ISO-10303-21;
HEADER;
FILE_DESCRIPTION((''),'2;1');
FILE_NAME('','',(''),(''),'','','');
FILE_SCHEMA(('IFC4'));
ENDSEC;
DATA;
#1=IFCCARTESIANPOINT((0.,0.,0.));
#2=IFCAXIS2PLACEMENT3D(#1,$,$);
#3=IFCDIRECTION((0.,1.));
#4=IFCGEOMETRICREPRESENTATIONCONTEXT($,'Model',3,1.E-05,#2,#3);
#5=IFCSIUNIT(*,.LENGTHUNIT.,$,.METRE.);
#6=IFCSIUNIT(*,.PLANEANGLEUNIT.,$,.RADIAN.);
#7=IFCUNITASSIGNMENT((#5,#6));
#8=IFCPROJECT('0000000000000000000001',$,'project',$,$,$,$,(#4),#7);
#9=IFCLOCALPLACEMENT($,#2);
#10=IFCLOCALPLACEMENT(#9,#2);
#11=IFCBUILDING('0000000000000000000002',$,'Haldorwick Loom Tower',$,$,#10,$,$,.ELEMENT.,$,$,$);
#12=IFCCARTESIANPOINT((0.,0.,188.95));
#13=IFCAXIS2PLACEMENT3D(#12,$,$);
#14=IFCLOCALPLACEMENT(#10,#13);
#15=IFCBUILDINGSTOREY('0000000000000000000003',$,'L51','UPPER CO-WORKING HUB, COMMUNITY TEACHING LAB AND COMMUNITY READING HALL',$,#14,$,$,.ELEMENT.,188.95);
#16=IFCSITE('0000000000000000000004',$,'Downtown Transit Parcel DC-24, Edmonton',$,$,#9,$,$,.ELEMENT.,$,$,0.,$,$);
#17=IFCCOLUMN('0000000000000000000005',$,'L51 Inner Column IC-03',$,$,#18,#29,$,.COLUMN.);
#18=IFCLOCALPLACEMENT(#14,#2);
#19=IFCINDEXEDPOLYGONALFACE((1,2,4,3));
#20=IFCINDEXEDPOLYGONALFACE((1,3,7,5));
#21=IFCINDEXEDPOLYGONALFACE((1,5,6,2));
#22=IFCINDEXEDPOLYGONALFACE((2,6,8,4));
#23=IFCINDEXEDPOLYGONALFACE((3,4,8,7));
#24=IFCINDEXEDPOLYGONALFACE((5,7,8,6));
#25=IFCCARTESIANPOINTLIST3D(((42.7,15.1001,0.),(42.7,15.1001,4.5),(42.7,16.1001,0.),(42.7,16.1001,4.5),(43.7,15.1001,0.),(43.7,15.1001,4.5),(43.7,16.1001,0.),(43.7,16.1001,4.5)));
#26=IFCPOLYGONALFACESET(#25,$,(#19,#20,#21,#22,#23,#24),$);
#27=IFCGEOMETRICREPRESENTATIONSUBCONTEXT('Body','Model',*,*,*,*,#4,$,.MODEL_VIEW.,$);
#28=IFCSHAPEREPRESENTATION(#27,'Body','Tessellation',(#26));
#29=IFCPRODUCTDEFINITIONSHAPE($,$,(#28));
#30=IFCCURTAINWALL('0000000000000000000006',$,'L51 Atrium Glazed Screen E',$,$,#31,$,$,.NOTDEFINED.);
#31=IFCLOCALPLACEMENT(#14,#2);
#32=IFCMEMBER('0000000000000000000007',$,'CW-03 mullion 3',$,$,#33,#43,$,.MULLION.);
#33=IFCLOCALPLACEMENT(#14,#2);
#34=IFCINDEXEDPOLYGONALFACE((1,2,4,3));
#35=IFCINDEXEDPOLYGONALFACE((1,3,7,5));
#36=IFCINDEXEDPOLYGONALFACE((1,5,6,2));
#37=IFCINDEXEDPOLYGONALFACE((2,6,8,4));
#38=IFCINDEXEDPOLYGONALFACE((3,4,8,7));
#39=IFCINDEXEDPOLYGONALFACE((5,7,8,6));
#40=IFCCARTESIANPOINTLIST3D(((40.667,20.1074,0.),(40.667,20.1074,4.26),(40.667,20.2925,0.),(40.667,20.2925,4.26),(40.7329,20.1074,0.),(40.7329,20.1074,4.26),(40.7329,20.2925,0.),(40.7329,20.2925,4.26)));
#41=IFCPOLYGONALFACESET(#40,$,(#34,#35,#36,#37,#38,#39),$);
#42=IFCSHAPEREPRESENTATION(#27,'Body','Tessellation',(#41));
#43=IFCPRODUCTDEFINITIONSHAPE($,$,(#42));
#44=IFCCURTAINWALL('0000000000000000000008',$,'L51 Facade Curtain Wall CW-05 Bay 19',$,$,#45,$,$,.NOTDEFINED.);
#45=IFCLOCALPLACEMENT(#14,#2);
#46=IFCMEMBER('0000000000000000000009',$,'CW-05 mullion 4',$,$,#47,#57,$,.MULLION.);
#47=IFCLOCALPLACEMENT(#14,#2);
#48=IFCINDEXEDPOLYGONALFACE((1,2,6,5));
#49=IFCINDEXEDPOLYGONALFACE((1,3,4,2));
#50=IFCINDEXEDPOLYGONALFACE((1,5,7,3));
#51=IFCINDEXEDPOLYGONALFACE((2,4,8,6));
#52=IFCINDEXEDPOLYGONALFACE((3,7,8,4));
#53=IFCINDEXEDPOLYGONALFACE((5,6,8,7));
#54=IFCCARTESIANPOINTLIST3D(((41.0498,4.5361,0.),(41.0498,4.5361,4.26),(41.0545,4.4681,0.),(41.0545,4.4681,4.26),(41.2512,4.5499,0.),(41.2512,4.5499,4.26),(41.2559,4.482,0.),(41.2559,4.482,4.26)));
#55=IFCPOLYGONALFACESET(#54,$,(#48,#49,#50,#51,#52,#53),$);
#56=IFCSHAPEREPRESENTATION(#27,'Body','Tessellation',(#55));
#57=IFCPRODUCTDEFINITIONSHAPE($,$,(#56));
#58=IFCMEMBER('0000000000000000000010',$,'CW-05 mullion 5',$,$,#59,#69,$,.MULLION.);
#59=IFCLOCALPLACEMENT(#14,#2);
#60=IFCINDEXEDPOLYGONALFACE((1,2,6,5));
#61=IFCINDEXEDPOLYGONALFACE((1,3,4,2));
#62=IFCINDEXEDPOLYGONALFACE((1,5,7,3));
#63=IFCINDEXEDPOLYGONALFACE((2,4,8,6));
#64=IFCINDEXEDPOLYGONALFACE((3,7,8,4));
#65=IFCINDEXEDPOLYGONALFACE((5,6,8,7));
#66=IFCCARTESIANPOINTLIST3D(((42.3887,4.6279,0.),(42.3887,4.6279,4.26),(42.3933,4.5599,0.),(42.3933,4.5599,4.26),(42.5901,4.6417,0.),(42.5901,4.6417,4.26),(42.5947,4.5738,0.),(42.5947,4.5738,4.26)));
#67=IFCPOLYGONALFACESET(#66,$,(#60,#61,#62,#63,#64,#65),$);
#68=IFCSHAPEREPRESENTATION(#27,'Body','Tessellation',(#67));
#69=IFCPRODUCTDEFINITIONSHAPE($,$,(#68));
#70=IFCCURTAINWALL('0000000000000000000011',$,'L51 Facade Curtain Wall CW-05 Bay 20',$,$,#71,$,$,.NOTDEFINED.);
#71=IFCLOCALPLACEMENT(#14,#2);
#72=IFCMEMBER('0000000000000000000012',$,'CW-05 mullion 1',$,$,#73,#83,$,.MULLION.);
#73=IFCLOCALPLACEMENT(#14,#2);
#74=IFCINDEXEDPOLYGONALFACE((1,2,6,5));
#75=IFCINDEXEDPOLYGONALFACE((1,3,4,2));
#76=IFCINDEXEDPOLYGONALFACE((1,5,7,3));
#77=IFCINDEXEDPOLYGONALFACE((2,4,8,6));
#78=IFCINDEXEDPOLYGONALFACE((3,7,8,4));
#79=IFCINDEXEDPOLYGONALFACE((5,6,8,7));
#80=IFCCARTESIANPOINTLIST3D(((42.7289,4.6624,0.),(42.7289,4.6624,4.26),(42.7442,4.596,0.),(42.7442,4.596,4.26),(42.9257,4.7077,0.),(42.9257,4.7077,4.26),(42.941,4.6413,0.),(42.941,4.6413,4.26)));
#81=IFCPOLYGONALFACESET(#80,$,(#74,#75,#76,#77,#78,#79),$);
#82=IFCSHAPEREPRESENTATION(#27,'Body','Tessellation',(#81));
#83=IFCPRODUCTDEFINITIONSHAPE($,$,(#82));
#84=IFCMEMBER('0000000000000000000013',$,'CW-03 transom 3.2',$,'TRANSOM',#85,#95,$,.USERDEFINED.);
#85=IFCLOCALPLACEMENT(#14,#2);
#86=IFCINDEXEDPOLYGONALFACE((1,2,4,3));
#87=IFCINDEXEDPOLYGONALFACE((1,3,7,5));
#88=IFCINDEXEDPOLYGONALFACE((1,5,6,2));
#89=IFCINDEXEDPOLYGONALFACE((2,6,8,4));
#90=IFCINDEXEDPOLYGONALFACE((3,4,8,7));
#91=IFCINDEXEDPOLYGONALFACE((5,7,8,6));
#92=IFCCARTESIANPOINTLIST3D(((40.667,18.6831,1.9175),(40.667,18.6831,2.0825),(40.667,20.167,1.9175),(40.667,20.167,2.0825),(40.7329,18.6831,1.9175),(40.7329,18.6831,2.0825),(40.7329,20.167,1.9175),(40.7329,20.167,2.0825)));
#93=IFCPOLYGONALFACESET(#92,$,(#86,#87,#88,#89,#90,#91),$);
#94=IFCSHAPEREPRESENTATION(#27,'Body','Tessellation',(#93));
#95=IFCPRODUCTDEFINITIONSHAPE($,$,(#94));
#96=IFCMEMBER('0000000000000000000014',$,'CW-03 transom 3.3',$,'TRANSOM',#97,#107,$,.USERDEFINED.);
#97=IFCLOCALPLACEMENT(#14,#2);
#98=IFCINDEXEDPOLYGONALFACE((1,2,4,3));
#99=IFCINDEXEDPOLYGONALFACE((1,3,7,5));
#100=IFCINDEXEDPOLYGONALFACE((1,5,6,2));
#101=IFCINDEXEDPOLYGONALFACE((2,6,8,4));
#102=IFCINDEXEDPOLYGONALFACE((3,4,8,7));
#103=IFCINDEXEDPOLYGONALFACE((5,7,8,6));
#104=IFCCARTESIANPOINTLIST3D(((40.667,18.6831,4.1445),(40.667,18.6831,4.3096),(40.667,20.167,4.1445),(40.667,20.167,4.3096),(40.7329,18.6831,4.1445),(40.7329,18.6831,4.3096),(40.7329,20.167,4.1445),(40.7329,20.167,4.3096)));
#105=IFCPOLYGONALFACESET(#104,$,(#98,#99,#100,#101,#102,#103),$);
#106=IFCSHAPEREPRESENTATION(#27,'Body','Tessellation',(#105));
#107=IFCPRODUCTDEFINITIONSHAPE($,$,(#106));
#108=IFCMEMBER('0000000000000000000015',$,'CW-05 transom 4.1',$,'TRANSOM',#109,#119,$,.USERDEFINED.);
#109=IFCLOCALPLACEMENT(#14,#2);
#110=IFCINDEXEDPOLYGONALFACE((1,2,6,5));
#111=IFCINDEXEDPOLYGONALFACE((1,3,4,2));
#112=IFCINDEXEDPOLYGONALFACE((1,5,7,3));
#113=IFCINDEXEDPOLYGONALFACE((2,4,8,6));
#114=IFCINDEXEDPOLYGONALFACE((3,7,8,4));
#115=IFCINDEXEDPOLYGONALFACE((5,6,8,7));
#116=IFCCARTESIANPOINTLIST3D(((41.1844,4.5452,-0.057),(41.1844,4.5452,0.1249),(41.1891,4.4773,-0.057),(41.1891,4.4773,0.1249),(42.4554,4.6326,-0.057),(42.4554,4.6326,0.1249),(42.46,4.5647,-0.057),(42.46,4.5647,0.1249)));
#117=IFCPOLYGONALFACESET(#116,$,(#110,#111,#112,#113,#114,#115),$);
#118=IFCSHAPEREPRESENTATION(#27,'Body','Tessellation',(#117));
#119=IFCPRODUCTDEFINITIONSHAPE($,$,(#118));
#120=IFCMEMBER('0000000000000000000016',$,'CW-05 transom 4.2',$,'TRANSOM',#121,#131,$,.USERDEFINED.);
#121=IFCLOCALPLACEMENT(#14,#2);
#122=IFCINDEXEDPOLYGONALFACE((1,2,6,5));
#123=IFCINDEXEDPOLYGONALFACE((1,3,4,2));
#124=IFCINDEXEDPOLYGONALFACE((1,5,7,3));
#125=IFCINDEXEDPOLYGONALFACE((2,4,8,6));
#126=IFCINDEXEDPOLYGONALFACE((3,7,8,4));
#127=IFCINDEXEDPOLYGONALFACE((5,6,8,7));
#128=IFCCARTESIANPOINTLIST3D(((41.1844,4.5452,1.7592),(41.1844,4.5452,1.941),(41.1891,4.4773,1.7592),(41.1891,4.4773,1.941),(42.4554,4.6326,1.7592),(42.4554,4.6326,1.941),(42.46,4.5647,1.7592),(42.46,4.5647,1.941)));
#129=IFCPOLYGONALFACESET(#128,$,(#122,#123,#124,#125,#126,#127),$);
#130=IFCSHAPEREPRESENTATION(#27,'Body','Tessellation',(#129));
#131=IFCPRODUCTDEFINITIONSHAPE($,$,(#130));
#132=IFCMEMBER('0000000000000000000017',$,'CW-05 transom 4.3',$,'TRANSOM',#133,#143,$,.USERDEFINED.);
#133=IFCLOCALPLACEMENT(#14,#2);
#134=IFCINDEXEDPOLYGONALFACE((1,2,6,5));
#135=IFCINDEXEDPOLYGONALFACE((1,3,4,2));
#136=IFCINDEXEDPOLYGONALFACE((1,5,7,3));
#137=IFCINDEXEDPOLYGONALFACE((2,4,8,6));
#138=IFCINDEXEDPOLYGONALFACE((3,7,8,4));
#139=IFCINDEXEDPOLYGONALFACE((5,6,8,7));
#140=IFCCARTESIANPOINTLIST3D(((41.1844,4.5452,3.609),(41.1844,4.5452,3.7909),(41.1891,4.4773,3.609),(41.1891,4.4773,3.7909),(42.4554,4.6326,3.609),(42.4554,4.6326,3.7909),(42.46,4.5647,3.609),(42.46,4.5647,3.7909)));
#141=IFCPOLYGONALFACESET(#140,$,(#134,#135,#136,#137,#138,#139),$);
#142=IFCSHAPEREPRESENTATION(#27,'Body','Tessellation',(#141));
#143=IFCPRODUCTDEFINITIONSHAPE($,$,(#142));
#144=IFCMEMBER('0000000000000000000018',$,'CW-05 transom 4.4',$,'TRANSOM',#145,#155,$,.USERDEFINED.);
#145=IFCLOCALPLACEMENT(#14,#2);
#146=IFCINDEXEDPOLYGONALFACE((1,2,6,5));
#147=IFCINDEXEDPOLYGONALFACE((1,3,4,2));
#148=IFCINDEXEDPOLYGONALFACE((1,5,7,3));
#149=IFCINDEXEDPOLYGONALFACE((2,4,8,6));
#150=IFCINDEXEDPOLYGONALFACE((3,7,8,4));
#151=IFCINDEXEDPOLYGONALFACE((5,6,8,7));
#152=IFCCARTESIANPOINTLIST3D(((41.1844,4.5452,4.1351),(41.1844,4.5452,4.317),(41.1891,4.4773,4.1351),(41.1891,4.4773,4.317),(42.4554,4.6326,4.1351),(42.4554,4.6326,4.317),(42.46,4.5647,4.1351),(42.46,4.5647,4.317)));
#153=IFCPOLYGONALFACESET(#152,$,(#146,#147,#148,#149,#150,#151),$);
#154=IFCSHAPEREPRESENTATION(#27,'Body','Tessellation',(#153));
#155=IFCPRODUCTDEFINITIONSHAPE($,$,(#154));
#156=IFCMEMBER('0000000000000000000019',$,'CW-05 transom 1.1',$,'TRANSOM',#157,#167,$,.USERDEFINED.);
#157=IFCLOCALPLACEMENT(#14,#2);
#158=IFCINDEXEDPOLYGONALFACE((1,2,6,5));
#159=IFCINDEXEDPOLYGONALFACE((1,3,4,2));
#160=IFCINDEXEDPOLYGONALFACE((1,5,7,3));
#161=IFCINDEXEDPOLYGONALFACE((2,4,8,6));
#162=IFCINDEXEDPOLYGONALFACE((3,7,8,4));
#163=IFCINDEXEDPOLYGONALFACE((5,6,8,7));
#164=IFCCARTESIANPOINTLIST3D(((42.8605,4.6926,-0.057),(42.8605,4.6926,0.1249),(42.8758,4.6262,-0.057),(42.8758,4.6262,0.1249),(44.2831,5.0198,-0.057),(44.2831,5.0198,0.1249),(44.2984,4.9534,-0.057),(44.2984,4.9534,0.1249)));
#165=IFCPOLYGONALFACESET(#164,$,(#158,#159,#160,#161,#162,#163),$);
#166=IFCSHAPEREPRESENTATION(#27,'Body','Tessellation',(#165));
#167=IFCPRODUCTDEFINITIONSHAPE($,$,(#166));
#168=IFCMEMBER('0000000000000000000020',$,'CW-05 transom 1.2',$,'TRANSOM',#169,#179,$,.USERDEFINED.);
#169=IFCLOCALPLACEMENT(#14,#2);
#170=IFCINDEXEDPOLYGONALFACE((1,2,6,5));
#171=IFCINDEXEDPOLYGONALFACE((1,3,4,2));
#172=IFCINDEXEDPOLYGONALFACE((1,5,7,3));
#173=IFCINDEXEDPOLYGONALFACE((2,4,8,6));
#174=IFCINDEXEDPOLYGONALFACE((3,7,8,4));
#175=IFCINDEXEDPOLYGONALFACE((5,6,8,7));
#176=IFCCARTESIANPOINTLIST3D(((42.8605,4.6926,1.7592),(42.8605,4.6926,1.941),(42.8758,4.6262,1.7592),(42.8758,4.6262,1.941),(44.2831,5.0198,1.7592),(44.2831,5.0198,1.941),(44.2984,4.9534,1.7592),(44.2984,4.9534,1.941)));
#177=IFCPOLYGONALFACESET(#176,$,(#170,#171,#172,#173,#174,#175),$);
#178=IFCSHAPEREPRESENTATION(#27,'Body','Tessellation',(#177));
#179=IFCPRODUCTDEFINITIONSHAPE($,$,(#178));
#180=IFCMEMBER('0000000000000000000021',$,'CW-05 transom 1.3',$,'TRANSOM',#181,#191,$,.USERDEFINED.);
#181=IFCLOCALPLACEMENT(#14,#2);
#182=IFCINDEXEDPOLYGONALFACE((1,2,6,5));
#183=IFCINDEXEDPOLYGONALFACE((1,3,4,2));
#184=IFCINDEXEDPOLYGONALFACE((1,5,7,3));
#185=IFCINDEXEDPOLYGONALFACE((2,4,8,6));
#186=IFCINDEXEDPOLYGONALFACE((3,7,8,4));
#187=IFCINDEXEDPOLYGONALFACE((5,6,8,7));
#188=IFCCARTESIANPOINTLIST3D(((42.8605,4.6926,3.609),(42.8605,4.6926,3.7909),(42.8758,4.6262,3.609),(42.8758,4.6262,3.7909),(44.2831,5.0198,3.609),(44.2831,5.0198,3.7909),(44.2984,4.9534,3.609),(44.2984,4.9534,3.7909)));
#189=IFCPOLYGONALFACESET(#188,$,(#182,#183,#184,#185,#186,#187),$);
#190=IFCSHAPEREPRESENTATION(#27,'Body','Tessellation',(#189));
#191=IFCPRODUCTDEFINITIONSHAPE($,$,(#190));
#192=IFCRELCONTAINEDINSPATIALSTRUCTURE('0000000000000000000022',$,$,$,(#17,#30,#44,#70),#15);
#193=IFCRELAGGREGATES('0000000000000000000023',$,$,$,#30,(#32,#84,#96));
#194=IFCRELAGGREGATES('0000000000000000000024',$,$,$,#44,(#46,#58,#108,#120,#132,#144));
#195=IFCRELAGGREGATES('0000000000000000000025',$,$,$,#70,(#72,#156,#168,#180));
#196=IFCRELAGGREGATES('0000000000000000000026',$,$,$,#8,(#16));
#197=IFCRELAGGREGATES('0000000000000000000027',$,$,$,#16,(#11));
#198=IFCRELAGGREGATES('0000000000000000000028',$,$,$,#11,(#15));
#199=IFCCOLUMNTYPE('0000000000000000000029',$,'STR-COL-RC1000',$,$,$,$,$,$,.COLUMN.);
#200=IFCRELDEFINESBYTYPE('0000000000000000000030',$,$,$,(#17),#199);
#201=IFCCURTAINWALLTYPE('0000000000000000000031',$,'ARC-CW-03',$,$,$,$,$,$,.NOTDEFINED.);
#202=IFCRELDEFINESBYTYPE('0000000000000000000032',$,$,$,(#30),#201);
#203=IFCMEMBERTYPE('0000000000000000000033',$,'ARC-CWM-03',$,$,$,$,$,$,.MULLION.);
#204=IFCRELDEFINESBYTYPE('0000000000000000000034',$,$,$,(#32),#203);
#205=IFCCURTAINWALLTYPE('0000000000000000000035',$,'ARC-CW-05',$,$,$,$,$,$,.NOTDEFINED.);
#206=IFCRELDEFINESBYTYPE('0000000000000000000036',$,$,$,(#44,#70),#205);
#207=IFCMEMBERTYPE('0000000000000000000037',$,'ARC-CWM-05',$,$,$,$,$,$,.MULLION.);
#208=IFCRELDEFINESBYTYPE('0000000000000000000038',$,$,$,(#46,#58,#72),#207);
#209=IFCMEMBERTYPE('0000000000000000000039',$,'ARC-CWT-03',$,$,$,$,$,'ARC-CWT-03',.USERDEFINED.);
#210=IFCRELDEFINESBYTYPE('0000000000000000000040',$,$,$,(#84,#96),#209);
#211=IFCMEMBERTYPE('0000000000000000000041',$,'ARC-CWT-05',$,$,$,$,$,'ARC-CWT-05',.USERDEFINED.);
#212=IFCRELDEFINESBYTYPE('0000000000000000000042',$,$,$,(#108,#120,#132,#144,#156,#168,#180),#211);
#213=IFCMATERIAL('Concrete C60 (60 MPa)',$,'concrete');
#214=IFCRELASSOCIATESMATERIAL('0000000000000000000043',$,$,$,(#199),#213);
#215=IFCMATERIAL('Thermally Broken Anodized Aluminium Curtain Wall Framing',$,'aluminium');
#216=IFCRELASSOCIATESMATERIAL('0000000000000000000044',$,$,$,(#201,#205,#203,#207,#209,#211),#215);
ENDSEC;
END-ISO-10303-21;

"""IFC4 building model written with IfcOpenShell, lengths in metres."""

from ifc_helpers import new_model, si_unit, direction, frame, origin, origin_2d, place, context, subcontext, project, spatial, rectangle, extrude, material, material_profile, profile_set, type_object, element, aggregate, save


model = new_model("IFC4")

# Units and contexts
model_context = context("Model", 3, precision=1e-05, world=origin(), true_north=direction((0.0, 1.0)))
body_context = subcontext(model_context, "Body", "Model", "MODEL_VIEW")
ifc_project = project(units=[si_unit("LENGTHUNIT", "METRE"), si_unit("PLANEANGLEUNIT", "RADIAN")], contexts=[model_context])

# Site, building, storey
site_placement = place(None, origin())
site = spatial("IfcSite", under=ifc_project, at=site_placement, Name="Downtown Transit Parcel DC-24, Edmonton", CompositionType="ELEMENT", RefElevation=0.0)
building_placement = place(site_placement, origin())
building = spatial("IfcBuilding", under=site, at=building_placement, Name="Haldorwick Loom Tower", CompositionType="ELEMENT")
storey_placement = place(building_placement, frame((0.0, 0.0, 188.95)))
storey = spatial("IfcBuildingStorey", under=building, at=storey_placement, Name="L51", Description="UPPER CO-WORKING HUB, COMMUNITY TEACHING LAB AND COMMUNITY READING HALL", CompositionType="ELEMENT", Elevation=188.95)

# Column
ifc_material_1 = material(Name="Concrete C60 (60 MPa)", Category="concrete")
ifc_material_profile_1 = material_profile(ifc_material_1, rectangle(XDim=1.0, YDim=1.0, at=origin_2d()), Name="RC1000X1000", Category="concrete")
ifc_profile_set_1 = profile_set([ifc_material_profile_1], Name="Concrete C60 (60 MPa)")
column_type = type_object("IfcColumnType", Name="STR-COL-RC1000", PredefinedType="COLUMN", material=ifc_profile_set_1)
column_placement = place(storey_placement, frame((43.2, 15.6001, 0.0), z_axis=(0.0, 0.0, 1.0), x_axis=(1.0, 0.0, 0.0)))
element("IfcColumn", 1, at=column_placement, inside=storey, type_object=column_type, Name="L51 Inner Column IC-03", PredefinedType="COLUMN", context=body_context, shape_type="SweptSolid", body=[
    extrude(rectangle(XDim=1.0, YDim=1.0, at=origin_2d()), origin(), (0.0, 0.0, 1.0), 4.5),
])

# Curtain wall, member
ifc_material_2 = material(Name="Thermally Broken Anodized Aluminium Curtain Wall Framing", Category="aluminium")
curtain_wall_type_1 = type_object("IfcCurtainWallType", Name="ARC-CW-03", PredefinedType="NOTDEFINED", material=ifc_material_2)
curtain_wall_1_placement = place(storey_placement, origin())
curtain_wall_1 = element("IfcCurtainWall", 2, at=curtain_wall_1_placement, inside=storey, type_object=curtain_wall_type_1, Name="L51 Atrium Glazed Screen E", PredefinedType="NOTDEFINED")
ifc_material_profile_2 = material_profile(ifc_material_2, rectangle(XDim=0.0659, YDim=0.1851, at=origin_2d()), Name="ALU_MUL_66X185", Category="aluminium")
ifc_profile_set_2 = profile_set([ifc_material_profile_2], Name="Thermally Broken Anodized Aluminium Curtain Wall Framing")
member_type_1 = type_object("IfcMemberType", Name="ARC-CWM-03", PredefinedType="MULLION", material=ifc_profile_set_2)
member_1_placement = place(storey_placement, frame((40.7, 20.2, 0.0), z_axis=(0.0, 0.0, 1.0), x_axis=(1.0, 0.0, 0.0)))
member_1 = element("IfcMember", 3, at=member_1_placement, type_object=member_type_1, Name="CW-03 mullion 3", PredefinedType="MULLION", context=body_context, shape_type="SweptSolid", body=[
    extrude(rectangle(XDim=0.0659, YDim=0.1851, at=origin_2d()), origin(), (0.0, 0.0, 1.0), 4.26),
])

# Curtain wall, members
curtain_wall_type_2 = type_object("IfcCurtainWallType", Name="ARC-CW-05", PredefinedType="NOTDEFINED", material=ifc_material_2)
curtain_wall_2_placement = place(storey_placement, origin())
curtain_wall_2 = element("IfcCurtainWall", 4, at=curtain_wall_2_placement, inside=storey, type_object=curtain_wall_type_2, Name="L51 Facade Curtain Wall CW-05 Bay 19", PredefinedType="NOTDEFINED")
ifc_material_profile_3 = material_profile(ifc_material_2, rectangle(XDim=0.0681, YDim=0.2019, at=origin_2d()), Name="ALU_MUL_68X202", Category="aluminium")
ifc_profile_set_3 = profile_set([ifc_material_profile_3], Name="Thermally Broken Anodized Aluminium Curtain Wall Framing")
member_type_2 = type_object("IfcMemberType", Name="ARC-CWM-05", PredefinedType="MULLION", material=ifc_profile_set_3)
member_2_placement = place(storey_placement, frame((41.1528, 4.509, 0.0), z_axis=(0.0, 0.0, 1.0), x_axis=(-0.068513, 0.99765, 0.0)))
member_2 = element("IfcMember", 5, at=member_2_placement, type_object=member_type_2, Name="CW-05 mullion 4", PredefinedType="MULLION", context=body_context, shape_type="SweptSolid", body=[
    extrude(rectangle(XDim=0.0681, YDim=0.2019, at=origin_2d()), origin(), (0.0, 0.0, 1.0), 4.26),
])
member_3_placement = place(storey_placement, frame((42.4917, 4.6008, 0.0), z_axis=(0.0, 0.0, 1.0), x_axis=(-0.068513, 0.99765, 0.0)))
member_3 = element("IfcMember", 6, at=member_3_placement, type_object=member_type_2, Name="CW-05 mullion 5", PredefinedType="MULLION", context=body_context, shape_type="SweptSolid", body=[
    extrude(rectangle(XDim=0.0681, YDim=0.2019, at=origin_2d()), origin(), (0.0, 0.0, 1.0), 4.26),
])

# Curtain wall, member
curtain_wall_3_placement = place(storey_placement, origin())
curtain_wall_3 = element("IfcCurtainWall", 7, at=curtain_wall_3_placement, inside=storey, type_object=curtain_wall_type_2, Name="L51 Facade Curtain Wall CW-05 Bay 20", PredefinedType="NOTDEFINED")
member_4_placement = place(storey_placement, frame((42.835, 4.6519, 0.0), z_axis=(0.0, 0.0, 1.0), x_axis=(-0.224142, 0.974557, 0.0)))
member_4 = element("IfcMember", 8, at=member_4_placement, type_object=member_type_2, Name="CW-05 mullion 1", PredefinedType="MULLION", context=body_context, shape_type="SweptSolid", body=[
    extrude(rectangle(XDim=0.0681, YDim=0.2019, at=origin_2d()), origin(), (0.0, 0.0, 1.0), 4.26),
])

# Members
ifc_material_profile_4 = material_profile(ifc_material_2, rectangle(XDim=0.0659, YDim=0.165, at=origin_2d()), Name="ALU_TRN_66X165", Category="aluminium")
ifc_profile_set_4 = profile_set([ifc_material_profile_4], Name="Thermally Broken Anodized Aluminium Curtain Wall Framing")
member_type_3 = type_object("IfcMemberType", Name="ARC-CWT-03", ElementType="ARC-CWT-03", PredefinedType="USERDEFINED", material=ifc_profile_set_4)
member_5_placement = place(storey_placement, frame((40.7, 20.167, 2.0), z_axis=(0.0, -1.0, 0.0), x_axis=(1.0, 0.0, 0.0)))
member_5 = element("IfcMember", 9, at=member_5_placement, type_object=member_type_3, Name="CW-03 transom 3.2", ObjectType="TRANSOM", PredefinedType="USERDEFINED", context=body_context, shape_type="SweptSolid", body=[
    extrude(rectangle(XDim=0.0659, YDim=0.165, at=origin_2d()), origin(), (0.0, 0.0, 1.0), 1.4839),
])
member_6_placement = place(storey_placement, frame((40.7, 20.167, 4.2271), z_axis=(0.0, -1.0, 0.0), x_axis=(1.0, 0.0, 0.0)))
member_6 = element("IfcMember", 10, at=member_6_placement, type_object=member_type_3, Name="CW-03 transom 3.3", ObjectType="TRANSOM", PredefinedType="USERDEFINED", context=body_context, shape_type="SweptSolid", body=[
    extrude(rectangle(XDim=0.0659, YDim=0.165, at=origin_2d()), origin(), (0.0, 0.0, 1.0), 1.4839),
])
ifc_material_profile_5 = material_profile(ifc_material_2, rectangle(XDim=0.0681, YDim=0.1819, at=origin_2d()), Name="ALU_TRN_68X182", Category="aluminium")
ifc_profile_set_5 = profile_set([ifc_material_profile_5], Name="Thermally Broken Anodized Aluminium Curtain Wall Framing")
member_type_4 = type_object("IfcMemberType", Name="ARC-CWT-05", ElementType="ARC-CWT-05", PredefinedType="USERDEFINED", material=ifc_profile_set_5)
member_7_placement = place(storey_placement, frame((41.1868, 4.5112, 0.0339), z_axis=(0.997644, 0.068605, 0.0), x_axis=(-0.068605, 0.997644, 0.0)))
member_7 = element("IfcMember", 11, at=member_7_placement, type_object=member_type_4, Name="CW-05 transom 4.1", ObjectType="TRANSOM", PredefinedType="USERDEFINED", context=body_context, shape_type="SweptSolid", body=[
    extrude(rectangle(XDim=0.0681, YDim=0.1819, at=origin_2d()), origin(), (0.0, 0.0, 1.0), 1.2739),
])
member_8_placement = place(storey_placement, frame((41.1868, 4.5112, 1.8501), z_axis=(0.997644, 0.068605, 0.0), x_axis=(-0.068605, 0.997644, 0.0)))
member_8 = element("IfcMember", 12, at=member_8_placement, type_object=member_type_4, Name="CW-05 transom 4.2", ObjectType="TRANSOM", PredefinedType="USERDEFINED", context=body_context, shape_type="SweptSolid", body=[
    extrude(rectangle(XDim=0.0681, YDim=0.1819, at=origin_2d()), origin(), (0.0, 0.0, 1.0), 1.2739),
])
member_9_placement = place(storey_placement, frame((41.1868, 4.5112, 3.7), z_axis=(0.997644, 0.068605, 0.0), x_axis=(-0.068605, 0.997644, 0.0)))
member_9 = element("IfcMember", 13, at=member_9_placement, type_object=member_type_4, Name="CW-05 transom 4.3", ObjectType="TRANSOM", PredefinedType="USERDEFINED", context=body_context, shape_type="SweptSolid", body=[
    extrude(rectangle(XDim=0.0681, YDim=0.1819, at=origin_2d()), origin(), (0.0, 0.0, 1.0), 1.2739),
])
member_10_placement = place(storey_placement, frame((41.1868, 4.5112, 4.2261), z_axis=(0.997644, 0.068605, 0.0), x_axis=(-0.068605, 0.997644, 0.0)))
member_10 = element("IfcMember", 14, at=member_10_placement, type_object=member_type_4, Name="CW-05 transom 4.4", ObjectType="TRANSOM", PredefinedType="USERDEFINED", context=body_context, shape_type="SweptSolid", body=[
    extrude(rectangle(XDim=0.0681, YDim=0.1819, at=origin_2d()), origin(), (0.0, 0.0, 1.0), 1.2739),
])
member_11_placement = place(storey_placement, frame((42.8682, 4.6594, 0.0339), z_axis=(0.974563, 0.224114, 0.0), x_axis=(-0.224114, 0.974563, 0.0)))
member_11 = element("IfcMember", 15, at=member_11_placement, type_object=member_type_4, Name="CW-05 transom 1.1", ObjectType="TRANSOM", PredefinedType="USERDEFINED", context=body_context, shape_type="SweptSolid", body=[
    extrude(rectangle(XDim=0.0681, YDim=0.1819, at=origin_2d()), origin(), (0.0, 0.0, 1.0), 1.4597),
])
member_12_placement = place(storey_placement, frame((42.8682, 4.6594, 1.8501), z_axis=(0.974563, 0.224114, 0.0), x_axis=(-0.224114, 0.974563, 0.0)))
member_12 = element("IfcMember", 16, at=member_12_placement, type_object=member_type_4, Name="CW-05 transom 1.2", ObjectType="TRANSOM", PredefinedType="USERDEFINED", context=body_context, shape_type="SweptSolid", body=[
    extrude(rectangle(XDim=0.0681, YDim=0.1819, at=origin_2d()), origin(), (0.0, 0.0, 1.0), 1.4597),
])
member_13_placement = place(storey_placement, frame((42.8682, 4.6594, 3.7), z_axis=(0.974563, 0.224114, 0.0), x_axis=(-0.224114, 0.974563, 0.0)))
member_13 = element("IfcMember", 17, at=member_13_placement, type_object=member_type_4, Name="CW-05 transom 1.3", ObjectType="TRANSOM", PredefinedType="USERDEFINED", context=body_context, shape_type="SweptSolid", body=[
    extrude(rectangle(XDim=0.0681, YDim=0.1819, at=origin_2d()), origin(), (0.0, 0.0, 1.0), 1.4597),
])

aggregate(curtain_wall_1, [member_1, member_5, member_6])
aggregate(curtain_wall_2, [member_2, member_3, member_7, member_8, member_9, member_10])
aggregate(curtain_wall_3, [member_4, member_11, member_12, member_13])

save(model, "model.ifc")
